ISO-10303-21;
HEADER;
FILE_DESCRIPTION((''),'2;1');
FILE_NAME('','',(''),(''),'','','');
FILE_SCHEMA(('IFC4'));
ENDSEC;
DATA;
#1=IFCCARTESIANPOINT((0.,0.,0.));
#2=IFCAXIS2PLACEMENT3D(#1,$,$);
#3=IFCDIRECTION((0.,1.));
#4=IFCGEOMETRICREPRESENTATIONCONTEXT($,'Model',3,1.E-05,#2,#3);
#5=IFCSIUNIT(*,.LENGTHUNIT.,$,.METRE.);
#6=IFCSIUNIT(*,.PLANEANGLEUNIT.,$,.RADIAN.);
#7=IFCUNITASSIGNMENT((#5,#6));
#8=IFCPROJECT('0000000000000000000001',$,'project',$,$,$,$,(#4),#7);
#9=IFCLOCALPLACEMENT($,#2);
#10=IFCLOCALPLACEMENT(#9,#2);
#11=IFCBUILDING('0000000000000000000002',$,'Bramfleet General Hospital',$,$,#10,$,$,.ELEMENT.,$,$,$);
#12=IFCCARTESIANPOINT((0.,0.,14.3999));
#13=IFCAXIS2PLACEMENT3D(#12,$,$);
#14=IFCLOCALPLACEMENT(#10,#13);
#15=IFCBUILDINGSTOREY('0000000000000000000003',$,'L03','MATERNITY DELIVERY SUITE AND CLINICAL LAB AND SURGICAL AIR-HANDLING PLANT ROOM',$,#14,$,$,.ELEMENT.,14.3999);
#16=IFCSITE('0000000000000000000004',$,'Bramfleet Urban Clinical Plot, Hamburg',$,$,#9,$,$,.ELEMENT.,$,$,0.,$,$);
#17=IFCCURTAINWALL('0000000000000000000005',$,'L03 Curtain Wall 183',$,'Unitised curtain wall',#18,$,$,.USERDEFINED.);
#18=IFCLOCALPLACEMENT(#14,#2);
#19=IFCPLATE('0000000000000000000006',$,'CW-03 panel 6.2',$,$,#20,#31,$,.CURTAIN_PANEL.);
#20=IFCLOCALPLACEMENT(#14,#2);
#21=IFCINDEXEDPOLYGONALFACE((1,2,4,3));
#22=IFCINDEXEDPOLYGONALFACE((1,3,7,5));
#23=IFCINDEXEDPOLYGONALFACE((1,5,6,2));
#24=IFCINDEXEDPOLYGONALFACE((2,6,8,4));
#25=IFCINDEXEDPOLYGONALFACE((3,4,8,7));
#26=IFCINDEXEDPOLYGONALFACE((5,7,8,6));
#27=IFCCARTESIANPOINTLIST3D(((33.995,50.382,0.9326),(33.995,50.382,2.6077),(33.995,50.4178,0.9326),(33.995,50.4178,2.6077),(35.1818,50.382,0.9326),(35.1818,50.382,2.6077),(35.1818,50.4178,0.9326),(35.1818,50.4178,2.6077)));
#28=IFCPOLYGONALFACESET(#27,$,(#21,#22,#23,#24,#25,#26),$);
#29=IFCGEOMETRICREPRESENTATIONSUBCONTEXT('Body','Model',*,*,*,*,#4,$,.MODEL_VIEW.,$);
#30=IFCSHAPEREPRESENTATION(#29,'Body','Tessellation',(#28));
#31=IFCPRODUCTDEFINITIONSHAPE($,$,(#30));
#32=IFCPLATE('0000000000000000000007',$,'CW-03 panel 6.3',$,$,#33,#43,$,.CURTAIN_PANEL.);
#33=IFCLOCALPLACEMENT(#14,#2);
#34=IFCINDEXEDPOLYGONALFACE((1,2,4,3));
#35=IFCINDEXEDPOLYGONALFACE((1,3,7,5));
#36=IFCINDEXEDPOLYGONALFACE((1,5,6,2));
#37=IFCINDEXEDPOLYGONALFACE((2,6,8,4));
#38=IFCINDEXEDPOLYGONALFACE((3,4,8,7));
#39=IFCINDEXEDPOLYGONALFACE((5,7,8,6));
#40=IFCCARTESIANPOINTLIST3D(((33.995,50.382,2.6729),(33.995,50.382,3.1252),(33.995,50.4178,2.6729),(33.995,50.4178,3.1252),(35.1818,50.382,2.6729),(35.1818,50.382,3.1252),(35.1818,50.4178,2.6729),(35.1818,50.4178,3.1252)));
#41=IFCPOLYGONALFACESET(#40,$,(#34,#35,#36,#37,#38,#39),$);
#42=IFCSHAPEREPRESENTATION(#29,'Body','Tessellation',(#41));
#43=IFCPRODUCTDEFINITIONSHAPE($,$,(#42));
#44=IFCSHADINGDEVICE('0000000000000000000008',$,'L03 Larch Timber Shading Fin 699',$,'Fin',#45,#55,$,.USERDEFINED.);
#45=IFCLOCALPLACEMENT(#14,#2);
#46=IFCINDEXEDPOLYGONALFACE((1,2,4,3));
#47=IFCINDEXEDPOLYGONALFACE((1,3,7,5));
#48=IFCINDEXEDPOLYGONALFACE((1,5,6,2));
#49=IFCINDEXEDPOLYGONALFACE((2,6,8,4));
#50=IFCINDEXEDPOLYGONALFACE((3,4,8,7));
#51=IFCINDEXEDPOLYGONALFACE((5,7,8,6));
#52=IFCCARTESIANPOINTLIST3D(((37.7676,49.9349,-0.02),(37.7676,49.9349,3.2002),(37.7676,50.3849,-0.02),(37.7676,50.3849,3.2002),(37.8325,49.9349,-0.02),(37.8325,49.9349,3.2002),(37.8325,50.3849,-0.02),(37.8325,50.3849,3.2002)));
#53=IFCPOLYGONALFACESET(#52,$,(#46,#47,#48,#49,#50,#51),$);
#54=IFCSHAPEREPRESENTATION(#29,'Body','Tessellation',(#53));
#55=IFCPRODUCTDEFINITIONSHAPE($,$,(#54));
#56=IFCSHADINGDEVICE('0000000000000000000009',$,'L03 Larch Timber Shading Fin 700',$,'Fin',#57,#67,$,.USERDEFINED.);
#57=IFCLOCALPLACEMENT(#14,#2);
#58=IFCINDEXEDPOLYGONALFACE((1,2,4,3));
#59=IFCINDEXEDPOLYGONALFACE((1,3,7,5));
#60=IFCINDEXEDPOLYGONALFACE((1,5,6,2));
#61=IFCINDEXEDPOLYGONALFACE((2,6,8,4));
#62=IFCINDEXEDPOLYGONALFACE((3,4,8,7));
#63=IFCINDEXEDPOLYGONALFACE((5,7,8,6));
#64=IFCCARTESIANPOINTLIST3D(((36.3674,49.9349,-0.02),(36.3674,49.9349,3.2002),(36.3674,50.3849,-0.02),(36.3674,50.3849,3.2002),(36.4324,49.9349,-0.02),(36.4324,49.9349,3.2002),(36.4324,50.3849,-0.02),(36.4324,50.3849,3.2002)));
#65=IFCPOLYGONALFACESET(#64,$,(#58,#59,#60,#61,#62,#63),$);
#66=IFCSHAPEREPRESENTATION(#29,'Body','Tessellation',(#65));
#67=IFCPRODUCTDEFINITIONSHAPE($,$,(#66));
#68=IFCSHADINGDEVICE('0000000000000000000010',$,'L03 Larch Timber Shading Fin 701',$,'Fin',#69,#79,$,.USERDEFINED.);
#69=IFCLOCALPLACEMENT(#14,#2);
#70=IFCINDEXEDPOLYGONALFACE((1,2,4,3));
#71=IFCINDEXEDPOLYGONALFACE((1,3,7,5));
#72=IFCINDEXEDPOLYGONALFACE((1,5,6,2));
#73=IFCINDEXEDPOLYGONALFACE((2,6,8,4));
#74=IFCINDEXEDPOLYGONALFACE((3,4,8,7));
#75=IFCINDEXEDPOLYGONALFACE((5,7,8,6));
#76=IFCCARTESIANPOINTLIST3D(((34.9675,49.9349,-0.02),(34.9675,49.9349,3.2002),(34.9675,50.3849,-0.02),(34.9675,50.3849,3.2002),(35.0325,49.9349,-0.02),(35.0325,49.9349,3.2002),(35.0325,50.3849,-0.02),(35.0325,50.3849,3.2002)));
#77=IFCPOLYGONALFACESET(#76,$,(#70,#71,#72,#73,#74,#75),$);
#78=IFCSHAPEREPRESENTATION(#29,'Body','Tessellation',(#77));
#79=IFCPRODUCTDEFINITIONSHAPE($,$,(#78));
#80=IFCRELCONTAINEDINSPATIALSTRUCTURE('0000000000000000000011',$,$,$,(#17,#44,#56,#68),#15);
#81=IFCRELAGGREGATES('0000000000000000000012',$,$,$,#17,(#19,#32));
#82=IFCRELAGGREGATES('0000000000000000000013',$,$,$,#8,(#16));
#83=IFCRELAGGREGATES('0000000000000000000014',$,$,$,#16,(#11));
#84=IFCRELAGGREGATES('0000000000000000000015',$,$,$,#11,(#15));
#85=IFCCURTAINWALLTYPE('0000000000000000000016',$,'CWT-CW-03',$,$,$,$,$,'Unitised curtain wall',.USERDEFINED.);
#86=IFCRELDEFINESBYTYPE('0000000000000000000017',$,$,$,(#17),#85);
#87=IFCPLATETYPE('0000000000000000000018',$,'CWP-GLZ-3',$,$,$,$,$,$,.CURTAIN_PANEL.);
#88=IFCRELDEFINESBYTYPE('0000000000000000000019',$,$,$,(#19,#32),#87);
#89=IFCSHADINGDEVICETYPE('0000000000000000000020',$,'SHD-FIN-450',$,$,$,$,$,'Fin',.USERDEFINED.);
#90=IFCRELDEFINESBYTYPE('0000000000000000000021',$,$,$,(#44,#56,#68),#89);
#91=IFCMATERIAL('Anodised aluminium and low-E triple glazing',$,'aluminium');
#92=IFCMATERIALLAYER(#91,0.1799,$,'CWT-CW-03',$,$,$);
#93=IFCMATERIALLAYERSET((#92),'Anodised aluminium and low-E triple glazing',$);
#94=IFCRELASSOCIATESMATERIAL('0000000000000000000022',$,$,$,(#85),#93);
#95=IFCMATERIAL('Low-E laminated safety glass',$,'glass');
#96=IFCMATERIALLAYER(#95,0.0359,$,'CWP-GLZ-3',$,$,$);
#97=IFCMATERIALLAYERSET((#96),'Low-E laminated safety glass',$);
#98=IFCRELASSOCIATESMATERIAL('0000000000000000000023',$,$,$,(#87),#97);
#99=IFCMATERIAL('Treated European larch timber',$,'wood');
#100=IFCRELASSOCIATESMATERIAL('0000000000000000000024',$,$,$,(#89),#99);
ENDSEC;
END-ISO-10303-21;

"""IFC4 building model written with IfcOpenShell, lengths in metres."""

from ifc_helpers import new_model, si_unit, direction, frame, origin, origin_2d, place, context, subcontext, project, spatial, rectangle, extrude, material, layer, layer_set, material_profile, profile_set, type_object, element, aggregate, save


model = new_model("IFC4")

# Units and contexts
model_context = context("Model", 3, precision=1e-05, world=origin(), true_north=direction((0.0, 1.0)))
body_context = subcontext(model_context, "Body", "Model", "MODEL_VIEW")
ifc_project = project(units=[si_unit("LENGTHUNIT", "METRE"), si_unit("PLANEANGLEUNIT", "RADIAN")], contexts=[model_context])

# Site, building, storey
site_placement = place(None, origin())
site = spatial("IfcSite", under=ifc_project, at=site_placement, Name="Bramfleet Urban Clinical Plot, Hamburg", CompositionType="ELEMENT", RefElevation=0.0)
building_placement = place(site_placement, origin())
building = spatial("IfcBuilding", under=site, at=building_placement, Name="Bramfleet General Hospital", CompositionType="ELEMENT")
storey_placement = place(building_placement, frame((0.0, 0.0, 14.3999)))
storey = spatial("IfcBuildingStorey", under=building, at=storey_placement, Name="L03", Description="MATERNITY DELIVERY SUITE AND CLINICAL LAB AND SURGICAL AIR-HANDLING PLANT ROOM", CompositionType="ELEMENT", Elevation=14.3999)

# Curtain wall
ifc_material_1 = material(Name="Anodised aluminium and low-E triple glazing", Category="aluminium")
ifc_layer_1 = layer(ifc_material_1, 0.1799, Name="CWT-CW-03")
ifc_layer_set_1 = layer_set([ifc_layer_1], Name="Anodised aluminium and low-E triple glazing")
curtain_wall_type_1 = type_object("IfcCurtainWallType", Name="CWT-CW-03", ElementType="Unitised curtain wall", PredefinedType="USERDEFINED", material=ifc_layer_set_1)
curtain_wall_1_placement = place(storey_placement, origin())
curtain_wall_1 = element("IfcCurtainWall", 1, at=curtain_wall_1_placement, inside=storey, type_object=curtain_wall_type_1, Name="L03 Curtain Wall 183", ObjectType="Unitised curtain wall", PredefinedType="USERDEFINED")

# Plates
ifc_material_2 = material(Name="Low-E laminated safety glass", Category="glass")
ifc_layer_2 = layer(ifc_material_2, 0.0359, Name="CWP-GLZ-3")
ifc_layer_set_2 = layer_set([ifc_layer_2], Name="Low-E laminated safety glass")
plate_type = type_object("IfcPlateType", Name="CWP-GLZ-3", PredefinedType="CURTAIN_PANEL", material=ifc_layer_set_2)
plate_1_placement = place(storey_placement, frame((34.5884, 50.3999, 0.9326), z_axis=(0.0, 0.0, 1.0), x_axis=(-1.0, 0.0, 0.0)))
plate_1 = element("IfcPlate", 2, at=plate_1_placement, type_object=plate_type, Name="CW-03 panel 6.2", PredefinedType="CURTAIN_PANEL", context=body_context, shape_type="SweptSolid", body=[
    extrude(rectangle(XDim=1.1868, YDim=0.0359, at=origin_2d()), origin(), (0.0, 0.0, 1.0), 1.675),
])
plate_2_placement = place(storey_placement, frame((34.5884, 50.3999, 2.6729), z_axis=(0.0, 0.0, 1.0), x_axis=(-1.0, 0.0, 0.0)))
plate_2 = element("IfcPlate", 3, at=plate_2_placement, type_object=plate_type, Name="CW-03 panel 6.3", PredefinedType="CURTAIN_PANEL", context=body_context, shape_type="SweptSolid", body=[
    extrude(rectangle(XDim=1.1868, YDim=0.0359, at=origin_2d()), origin(), (0.0, 0.0, 1.0), 0.4524),
])
aggregate(curtain_wall_1, [plate_1, plate_2])

# Shading devices
ifc_material_3 = material(Name="Treated European larch timber", Category="wood")
ifc_material_profile_1 = material_profile(ifc_material_3, rectangle(XDim=0.0649, YDim=0.45, at=origin_2d()), Name="LARCH FIN 450x65")
ifc_profile_set_1 = profile_set([ifc_material_profile_1], Name="Treated European larch timber")
shading_device_type = type_object("IfcShadingDeviceType", Name="SHD-FIN-450", ElementType="Fin", PredefinedType="USERDEFINED", material=ifc_profile_set_1)
for number, where, z_axis, x_axis, name in (
    (4, (37.8, 50.1599, -0.02), (0.0, 0.0, 1.0), (-1.0, 0.0, 0.0), "L03 Larch Timber Shading Fin 699"),
    (5, (36.3999, 50.1599, -0.02), (0.0, 0.0, 1.0), (-1.0, 0.0, 0.0), "L03 Larch Timber Shading Fin 700"),
    (6, (35.0, 50.1599, -0.02), (0.0, 0.0, 1.0), (-1.0, 0.0, 0.0), "L03 Larch Timber Shading Fin 701"),
):
    element("IfcShadingDevice", number, at=place(storey_placement, frame(where, z_axis=z_axis, x_axis=x_axis)), inside=storey, type_object=shading_device_type, Name=name, ObjectType="Fin", PredefinedType="USERDEFINED", context=body_context, shape_type="SweptSolid", body=[
        extrude(rectangle(XDim=0.0649, YDim=0.45, at=origin_2d()), origin(), (0.0, 0.0, 1.0), 3.2202),
    ])

save(model, "model.ifc")
